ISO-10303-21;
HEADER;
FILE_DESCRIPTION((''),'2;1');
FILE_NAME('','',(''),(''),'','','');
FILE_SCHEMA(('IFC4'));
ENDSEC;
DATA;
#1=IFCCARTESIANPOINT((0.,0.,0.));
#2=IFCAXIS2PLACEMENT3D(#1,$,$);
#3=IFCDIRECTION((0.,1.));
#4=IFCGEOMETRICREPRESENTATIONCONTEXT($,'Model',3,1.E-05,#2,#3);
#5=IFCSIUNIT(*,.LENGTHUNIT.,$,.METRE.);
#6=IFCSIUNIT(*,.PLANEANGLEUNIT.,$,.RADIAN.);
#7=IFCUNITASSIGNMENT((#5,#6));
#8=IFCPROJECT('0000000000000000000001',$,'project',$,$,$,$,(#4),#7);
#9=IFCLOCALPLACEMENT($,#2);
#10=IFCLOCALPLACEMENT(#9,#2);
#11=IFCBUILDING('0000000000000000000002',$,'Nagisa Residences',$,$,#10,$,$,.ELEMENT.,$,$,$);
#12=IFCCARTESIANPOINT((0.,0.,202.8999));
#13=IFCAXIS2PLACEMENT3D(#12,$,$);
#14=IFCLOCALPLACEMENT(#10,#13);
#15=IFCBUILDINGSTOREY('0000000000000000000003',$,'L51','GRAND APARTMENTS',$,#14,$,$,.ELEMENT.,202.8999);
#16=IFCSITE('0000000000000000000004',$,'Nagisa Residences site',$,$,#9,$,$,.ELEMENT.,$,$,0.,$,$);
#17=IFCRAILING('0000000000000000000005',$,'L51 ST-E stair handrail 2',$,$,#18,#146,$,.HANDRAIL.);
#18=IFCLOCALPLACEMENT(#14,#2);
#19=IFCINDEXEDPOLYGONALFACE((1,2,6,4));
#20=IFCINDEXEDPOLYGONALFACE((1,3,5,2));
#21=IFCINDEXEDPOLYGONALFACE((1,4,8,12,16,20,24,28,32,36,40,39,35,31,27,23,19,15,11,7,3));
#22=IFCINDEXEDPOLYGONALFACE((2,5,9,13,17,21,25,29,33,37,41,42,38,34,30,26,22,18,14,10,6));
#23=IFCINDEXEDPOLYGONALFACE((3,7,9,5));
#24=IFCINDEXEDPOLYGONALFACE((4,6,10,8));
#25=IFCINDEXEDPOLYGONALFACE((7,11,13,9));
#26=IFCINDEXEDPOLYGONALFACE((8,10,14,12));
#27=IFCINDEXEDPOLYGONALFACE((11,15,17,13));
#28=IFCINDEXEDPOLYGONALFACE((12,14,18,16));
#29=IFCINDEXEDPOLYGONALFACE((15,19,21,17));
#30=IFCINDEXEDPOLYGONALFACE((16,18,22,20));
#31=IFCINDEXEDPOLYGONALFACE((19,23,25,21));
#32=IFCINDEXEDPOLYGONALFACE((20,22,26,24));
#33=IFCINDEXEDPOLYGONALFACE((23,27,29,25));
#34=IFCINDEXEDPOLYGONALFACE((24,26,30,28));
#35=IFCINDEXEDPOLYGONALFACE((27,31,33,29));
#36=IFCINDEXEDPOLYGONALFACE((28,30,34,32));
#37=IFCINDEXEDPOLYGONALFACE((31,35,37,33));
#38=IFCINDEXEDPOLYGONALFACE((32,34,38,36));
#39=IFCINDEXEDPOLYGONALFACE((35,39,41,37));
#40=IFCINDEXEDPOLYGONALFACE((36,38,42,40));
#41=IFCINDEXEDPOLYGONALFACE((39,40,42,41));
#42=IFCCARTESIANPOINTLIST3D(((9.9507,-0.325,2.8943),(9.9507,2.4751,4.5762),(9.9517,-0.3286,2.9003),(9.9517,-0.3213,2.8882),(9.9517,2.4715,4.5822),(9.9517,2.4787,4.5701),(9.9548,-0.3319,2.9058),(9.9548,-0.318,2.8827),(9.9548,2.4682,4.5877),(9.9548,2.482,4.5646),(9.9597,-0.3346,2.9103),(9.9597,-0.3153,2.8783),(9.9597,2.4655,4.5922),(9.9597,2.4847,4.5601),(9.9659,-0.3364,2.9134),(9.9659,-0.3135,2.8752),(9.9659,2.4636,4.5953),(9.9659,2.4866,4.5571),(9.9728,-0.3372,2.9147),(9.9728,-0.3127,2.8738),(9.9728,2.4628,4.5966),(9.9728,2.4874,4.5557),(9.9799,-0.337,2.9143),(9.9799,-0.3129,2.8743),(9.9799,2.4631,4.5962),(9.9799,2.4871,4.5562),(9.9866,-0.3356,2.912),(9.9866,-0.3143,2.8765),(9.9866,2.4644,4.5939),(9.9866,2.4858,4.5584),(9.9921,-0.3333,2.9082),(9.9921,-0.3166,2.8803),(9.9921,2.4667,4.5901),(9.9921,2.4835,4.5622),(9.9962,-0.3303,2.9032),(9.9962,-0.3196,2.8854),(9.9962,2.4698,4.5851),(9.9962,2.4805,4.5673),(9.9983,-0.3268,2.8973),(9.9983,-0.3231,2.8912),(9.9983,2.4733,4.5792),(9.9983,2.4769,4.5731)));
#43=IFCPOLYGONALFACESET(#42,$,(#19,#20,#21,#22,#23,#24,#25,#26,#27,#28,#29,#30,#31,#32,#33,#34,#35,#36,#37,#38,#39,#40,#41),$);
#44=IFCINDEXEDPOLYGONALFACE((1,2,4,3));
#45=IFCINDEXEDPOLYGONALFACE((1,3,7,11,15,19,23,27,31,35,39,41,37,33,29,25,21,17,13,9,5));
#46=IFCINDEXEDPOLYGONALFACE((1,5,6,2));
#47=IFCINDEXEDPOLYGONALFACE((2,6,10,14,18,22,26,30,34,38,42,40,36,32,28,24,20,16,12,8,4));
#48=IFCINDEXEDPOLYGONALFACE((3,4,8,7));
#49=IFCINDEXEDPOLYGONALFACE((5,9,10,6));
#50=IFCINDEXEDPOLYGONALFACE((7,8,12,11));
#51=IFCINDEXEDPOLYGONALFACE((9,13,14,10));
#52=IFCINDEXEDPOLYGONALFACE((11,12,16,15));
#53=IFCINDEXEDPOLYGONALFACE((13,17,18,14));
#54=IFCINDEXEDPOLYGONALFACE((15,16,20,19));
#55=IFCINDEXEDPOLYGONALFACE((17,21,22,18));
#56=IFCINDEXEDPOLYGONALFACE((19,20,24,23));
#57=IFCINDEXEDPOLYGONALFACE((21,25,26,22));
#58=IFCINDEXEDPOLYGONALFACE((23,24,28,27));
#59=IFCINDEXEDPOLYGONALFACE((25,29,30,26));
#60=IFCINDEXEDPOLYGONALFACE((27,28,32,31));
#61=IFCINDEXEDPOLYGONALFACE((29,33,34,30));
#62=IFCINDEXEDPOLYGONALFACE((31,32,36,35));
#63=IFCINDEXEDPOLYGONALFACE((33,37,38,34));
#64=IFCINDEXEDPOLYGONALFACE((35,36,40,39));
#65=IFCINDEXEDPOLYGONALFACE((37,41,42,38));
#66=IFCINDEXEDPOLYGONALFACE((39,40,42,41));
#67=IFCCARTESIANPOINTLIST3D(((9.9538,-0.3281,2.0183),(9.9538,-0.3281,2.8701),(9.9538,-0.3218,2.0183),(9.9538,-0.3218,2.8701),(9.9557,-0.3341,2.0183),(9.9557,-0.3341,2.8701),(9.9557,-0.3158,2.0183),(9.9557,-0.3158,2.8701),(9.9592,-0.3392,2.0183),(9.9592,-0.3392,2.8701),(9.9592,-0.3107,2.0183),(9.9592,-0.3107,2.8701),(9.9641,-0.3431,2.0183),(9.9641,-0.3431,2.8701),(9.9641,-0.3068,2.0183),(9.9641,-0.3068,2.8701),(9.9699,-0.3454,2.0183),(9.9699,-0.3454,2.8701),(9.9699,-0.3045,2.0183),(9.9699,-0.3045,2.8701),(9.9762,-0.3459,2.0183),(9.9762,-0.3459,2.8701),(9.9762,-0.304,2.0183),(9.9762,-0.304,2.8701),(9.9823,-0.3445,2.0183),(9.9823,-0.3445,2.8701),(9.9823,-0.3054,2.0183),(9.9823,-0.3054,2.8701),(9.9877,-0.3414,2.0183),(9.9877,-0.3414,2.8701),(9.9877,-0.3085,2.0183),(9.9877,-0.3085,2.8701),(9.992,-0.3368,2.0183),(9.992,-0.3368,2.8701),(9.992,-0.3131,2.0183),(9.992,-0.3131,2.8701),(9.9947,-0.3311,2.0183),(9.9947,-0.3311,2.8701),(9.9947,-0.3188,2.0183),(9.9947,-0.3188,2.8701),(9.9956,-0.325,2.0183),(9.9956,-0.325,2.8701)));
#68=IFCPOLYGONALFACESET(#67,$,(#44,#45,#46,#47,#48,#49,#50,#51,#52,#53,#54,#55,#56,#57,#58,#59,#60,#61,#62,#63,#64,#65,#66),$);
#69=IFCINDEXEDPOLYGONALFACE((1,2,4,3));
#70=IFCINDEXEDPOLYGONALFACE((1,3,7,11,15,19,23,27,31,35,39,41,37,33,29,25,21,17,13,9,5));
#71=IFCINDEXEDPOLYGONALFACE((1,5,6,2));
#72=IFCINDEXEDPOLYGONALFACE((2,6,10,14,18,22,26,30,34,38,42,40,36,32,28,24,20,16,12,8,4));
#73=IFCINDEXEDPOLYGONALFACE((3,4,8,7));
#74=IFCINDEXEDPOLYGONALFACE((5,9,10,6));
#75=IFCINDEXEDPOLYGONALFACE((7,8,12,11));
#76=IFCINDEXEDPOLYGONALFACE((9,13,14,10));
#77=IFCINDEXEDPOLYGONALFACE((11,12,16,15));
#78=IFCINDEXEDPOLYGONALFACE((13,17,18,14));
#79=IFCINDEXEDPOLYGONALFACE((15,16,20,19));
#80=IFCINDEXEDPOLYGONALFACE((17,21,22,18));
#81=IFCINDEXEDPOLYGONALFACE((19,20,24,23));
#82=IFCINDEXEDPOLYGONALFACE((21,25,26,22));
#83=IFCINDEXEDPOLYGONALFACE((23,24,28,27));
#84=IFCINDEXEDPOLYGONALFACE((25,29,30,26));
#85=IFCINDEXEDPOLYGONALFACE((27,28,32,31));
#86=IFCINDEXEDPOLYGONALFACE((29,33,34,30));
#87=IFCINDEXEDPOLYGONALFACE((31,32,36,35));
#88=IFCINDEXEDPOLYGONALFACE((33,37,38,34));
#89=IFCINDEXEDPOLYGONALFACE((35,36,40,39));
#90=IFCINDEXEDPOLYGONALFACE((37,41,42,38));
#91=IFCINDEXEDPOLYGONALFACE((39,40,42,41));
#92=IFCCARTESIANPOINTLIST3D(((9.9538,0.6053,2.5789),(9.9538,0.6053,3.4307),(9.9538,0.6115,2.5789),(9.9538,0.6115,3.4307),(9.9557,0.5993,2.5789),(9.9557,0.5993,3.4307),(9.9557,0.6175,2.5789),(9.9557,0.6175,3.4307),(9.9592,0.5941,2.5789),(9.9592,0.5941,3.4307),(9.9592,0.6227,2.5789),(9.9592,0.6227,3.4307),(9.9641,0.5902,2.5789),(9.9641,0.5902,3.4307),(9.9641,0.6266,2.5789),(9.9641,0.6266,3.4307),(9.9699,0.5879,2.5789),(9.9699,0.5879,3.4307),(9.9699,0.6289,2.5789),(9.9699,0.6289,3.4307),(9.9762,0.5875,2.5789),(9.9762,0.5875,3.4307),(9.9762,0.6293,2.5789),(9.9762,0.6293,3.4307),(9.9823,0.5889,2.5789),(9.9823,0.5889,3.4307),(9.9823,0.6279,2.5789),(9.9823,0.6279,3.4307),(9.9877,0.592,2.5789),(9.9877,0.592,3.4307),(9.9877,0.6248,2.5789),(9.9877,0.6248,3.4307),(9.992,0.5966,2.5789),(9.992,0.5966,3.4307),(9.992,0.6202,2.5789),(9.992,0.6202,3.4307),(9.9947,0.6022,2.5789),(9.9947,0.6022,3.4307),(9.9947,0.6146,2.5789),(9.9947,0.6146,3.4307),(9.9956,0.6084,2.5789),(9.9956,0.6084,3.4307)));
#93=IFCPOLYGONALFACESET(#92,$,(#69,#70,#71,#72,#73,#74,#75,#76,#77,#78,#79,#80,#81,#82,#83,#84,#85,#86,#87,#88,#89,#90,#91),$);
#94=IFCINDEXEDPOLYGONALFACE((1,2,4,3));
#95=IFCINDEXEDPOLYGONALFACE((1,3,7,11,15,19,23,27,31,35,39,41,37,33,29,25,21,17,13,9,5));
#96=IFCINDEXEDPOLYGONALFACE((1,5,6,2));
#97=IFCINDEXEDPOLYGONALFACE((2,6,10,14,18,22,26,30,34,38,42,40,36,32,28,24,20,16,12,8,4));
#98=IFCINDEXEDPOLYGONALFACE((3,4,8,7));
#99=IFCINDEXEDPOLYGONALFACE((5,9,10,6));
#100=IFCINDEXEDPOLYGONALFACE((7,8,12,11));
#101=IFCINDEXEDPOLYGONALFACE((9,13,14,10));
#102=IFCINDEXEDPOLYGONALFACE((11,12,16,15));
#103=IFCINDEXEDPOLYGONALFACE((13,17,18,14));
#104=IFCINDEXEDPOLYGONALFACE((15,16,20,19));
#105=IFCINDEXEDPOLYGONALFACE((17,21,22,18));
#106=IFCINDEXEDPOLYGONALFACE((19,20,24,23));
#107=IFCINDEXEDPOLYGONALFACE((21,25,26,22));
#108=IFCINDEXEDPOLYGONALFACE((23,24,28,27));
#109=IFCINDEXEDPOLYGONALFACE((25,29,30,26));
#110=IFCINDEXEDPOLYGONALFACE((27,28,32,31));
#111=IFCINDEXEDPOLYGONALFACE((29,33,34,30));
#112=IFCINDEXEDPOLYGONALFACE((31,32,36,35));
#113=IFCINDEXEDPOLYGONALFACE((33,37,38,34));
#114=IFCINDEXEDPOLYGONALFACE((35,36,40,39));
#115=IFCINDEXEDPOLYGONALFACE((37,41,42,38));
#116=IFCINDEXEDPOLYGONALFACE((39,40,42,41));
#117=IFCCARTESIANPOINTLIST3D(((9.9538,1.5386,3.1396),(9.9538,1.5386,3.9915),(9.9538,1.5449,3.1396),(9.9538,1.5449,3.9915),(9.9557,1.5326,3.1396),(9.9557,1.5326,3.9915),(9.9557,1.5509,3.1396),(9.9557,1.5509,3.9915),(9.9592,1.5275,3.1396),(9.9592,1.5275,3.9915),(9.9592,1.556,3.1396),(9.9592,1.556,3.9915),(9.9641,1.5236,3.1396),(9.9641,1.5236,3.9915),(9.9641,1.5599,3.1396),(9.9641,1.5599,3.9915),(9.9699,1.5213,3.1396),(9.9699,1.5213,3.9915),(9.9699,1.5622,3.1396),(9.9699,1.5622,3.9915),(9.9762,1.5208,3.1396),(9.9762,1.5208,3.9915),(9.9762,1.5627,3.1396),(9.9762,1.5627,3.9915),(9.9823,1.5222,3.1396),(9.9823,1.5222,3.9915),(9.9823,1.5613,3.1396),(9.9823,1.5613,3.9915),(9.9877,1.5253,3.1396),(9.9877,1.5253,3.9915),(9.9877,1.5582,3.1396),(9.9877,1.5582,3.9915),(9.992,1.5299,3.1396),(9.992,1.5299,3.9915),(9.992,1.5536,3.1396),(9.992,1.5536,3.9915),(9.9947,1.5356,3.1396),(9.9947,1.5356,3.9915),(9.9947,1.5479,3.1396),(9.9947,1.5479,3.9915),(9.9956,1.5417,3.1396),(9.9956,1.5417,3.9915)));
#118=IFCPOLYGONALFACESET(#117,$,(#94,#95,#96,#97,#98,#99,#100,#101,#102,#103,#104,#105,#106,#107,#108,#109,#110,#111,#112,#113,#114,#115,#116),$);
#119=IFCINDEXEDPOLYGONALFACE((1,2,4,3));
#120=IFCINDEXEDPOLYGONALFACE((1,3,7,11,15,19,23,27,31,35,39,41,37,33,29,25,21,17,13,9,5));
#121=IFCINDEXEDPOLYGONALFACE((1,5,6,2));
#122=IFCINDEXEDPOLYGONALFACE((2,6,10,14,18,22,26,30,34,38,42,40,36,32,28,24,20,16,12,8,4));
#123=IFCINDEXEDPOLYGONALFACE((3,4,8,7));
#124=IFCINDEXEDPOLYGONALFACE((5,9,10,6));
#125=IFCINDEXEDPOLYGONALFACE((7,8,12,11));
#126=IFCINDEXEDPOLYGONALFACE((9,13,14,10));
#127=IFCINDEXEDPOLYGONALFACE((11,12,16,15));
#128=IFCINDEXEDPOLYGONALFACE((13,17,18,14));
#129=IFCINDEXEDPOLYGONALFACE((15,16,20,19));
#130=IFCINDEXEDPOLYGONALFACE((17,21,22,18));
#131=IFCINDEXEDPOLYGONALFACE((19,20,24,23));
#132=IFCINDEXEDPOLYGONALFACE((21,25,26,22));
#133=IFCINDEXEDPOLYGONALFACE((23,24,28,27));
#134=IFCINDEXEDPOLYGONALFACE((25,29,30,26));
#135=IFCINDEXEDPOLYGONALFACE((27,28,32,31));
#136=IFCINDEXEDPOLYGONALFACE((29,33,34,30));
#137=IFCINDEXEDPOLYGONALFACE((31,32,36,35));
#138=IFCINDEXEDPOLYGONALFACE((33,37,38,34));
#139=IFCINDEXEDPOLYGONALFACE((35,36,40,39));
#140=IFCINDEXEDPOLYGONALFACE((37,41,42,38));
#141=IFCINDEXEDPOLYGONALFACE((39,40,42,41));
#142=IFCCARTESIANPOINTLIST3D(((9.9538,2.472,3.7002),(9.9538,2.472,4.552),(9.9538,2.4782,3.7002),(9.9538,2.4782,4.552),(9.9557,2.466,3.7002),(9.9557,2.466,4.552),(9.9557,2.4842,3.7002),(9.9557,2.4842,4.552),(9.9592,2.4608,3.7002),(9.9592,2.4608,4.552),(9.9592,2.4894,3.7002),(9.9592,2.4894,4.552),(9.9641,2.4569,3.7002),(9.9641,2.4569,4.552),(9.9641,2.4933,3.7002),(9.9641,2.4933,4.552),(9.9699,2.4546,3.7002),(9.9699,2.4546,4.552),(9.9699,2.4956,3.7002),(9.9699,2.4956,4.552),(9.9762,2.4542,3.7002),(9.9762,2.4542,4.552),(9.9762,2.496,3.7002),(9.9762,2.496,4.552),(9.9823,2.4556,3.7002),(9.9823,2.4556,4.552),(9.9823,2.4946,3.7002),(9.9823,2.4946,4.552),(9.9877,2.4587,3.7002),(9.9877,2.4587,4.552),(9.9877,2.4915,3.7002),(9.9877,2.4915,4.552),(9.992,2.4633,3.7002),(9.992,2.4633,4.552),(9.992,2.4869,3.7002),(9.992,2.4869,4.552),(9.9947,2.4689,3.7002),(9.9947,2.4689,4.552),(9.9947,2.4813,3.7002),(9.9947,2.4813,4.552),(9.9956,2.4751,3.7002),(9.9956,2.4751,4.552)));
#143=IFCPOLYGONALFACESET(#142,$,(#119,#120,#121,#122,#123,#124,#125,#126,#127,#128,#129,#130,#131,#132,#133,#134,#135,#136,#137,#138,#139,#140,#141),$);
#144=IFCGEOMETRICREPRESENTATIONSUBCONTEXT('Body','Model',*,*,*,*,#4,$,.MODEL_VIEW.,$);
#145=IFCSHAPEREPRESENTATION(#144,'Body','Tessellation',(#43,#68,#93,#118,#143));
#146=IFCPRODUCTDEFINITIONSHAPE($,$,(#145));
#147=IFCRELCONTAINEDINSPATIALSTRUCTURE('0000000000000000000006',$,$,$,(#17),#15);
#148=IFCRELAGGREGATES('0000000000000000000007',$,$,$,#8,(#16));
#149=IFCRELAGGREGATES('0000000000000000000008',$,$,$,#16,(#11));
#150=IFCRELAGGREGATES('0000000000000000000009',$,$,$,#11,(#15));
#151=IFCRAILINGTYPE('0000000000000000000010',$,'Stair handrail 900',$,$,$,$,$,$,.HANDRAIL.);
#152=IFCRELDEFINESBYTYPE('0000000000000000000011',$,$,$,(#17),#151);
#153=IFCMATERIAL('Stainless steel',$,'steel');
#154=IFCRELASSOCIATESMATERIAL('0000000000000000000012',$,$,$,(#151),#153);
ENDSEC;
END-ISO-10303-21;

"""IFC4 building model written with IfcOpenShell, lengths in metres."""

from ifc_helpers import new_model, si_unit, direction, frame, origin, origin_2d, place, context, subcontext, project, spatial, circle, extrude, material, type_object, element, save


model = new_model("IFC4")

# Units and contexts
model_context = context("Model", 3, precision=1e-05, world=origin(), true_north=direction((0.0, 1.0)))
body_context = subcontext(model_context, "Body", "Model", "MODEL_VIEW")
ifc_project = project(units=[si_unit("LENGTHUNIT", "METRE"), si_unit("PLANEANGLEUNIT", "RADIAN")], contexts=[model_context])

# Site, building, storey
site_placement = place(None, origin())
site = spatial("IfcSite", under=ifc_project, at=site_placement, Name="Nagisa Residences site", CompositionType="ELEMENT", RefElevation=0.0)
building_placement = place(site_placement, origin())
building = spatial("IfcBuilding", under=site, at=building_placement, Name="Nagisa Residences", CompositionType="ELEMENT")
storey_placement = place(building_placement, frame((0.0, 0.0, 202.8999)))
storey = spatial("IfcBuildingStorey", under=building, at=storey_placement, Name="L51", Description="GRAND APARTMENTS", CompositionType="ELEMENT", Elevation=202.8999)

# Railing
ifc_material_1 = material(Name="Stainless steel", Category="steel")
railing_type_1 = type_object("IfcRailingType", Name="Stair handrail 900", PredefinedType="HANDRAIL", material=ifc_material_1)
railing_1_placement = place(storey_placement, frame((9.9746, -0.325, 2.0183)))
element("IfcRailing", 1, at=railing_1_placement, inside=storey, type_object=railing_type_1, Name="L51 ST-E stair handrail 2", PredefinedType="HANDRAIL", context=body_context, shape_type="SweptSolid", body=[
    extrude(circle(Radius=0.0239, at=origin_2d()), frame((0.0, 0.0, 0.876), z_axis=(0.0, 0.857242, 0.514913), x_axis=(-1.0, 0.0, 0.0)), (0.0, 0.0, 1.0), 3.2664),
    extrude(circle(Radius=0.021, at=origin_2d()), origin(), (0.0, 0.0, 1.0), 0.8518),
    extrude(circle(Radius=0.021, at=origin_2d()), frame((0.0, 0.9333, 0.5605)), (0.0, 0.0, 1.0), 0.8518),
    extrude(circle(Radius=0.021, at=origin_2d()), frame((0.0, 1.8667, 1.1213)), (0.0, 0.0, 1.0), 0.8518),
    extrude(circle(Radius=0.021, at=origin_2d()), frame((0.0, 2.8, 1.6819)), (0.0, 0.0, 1.0), 0.8518),
])

save(model, "model.ifc")
